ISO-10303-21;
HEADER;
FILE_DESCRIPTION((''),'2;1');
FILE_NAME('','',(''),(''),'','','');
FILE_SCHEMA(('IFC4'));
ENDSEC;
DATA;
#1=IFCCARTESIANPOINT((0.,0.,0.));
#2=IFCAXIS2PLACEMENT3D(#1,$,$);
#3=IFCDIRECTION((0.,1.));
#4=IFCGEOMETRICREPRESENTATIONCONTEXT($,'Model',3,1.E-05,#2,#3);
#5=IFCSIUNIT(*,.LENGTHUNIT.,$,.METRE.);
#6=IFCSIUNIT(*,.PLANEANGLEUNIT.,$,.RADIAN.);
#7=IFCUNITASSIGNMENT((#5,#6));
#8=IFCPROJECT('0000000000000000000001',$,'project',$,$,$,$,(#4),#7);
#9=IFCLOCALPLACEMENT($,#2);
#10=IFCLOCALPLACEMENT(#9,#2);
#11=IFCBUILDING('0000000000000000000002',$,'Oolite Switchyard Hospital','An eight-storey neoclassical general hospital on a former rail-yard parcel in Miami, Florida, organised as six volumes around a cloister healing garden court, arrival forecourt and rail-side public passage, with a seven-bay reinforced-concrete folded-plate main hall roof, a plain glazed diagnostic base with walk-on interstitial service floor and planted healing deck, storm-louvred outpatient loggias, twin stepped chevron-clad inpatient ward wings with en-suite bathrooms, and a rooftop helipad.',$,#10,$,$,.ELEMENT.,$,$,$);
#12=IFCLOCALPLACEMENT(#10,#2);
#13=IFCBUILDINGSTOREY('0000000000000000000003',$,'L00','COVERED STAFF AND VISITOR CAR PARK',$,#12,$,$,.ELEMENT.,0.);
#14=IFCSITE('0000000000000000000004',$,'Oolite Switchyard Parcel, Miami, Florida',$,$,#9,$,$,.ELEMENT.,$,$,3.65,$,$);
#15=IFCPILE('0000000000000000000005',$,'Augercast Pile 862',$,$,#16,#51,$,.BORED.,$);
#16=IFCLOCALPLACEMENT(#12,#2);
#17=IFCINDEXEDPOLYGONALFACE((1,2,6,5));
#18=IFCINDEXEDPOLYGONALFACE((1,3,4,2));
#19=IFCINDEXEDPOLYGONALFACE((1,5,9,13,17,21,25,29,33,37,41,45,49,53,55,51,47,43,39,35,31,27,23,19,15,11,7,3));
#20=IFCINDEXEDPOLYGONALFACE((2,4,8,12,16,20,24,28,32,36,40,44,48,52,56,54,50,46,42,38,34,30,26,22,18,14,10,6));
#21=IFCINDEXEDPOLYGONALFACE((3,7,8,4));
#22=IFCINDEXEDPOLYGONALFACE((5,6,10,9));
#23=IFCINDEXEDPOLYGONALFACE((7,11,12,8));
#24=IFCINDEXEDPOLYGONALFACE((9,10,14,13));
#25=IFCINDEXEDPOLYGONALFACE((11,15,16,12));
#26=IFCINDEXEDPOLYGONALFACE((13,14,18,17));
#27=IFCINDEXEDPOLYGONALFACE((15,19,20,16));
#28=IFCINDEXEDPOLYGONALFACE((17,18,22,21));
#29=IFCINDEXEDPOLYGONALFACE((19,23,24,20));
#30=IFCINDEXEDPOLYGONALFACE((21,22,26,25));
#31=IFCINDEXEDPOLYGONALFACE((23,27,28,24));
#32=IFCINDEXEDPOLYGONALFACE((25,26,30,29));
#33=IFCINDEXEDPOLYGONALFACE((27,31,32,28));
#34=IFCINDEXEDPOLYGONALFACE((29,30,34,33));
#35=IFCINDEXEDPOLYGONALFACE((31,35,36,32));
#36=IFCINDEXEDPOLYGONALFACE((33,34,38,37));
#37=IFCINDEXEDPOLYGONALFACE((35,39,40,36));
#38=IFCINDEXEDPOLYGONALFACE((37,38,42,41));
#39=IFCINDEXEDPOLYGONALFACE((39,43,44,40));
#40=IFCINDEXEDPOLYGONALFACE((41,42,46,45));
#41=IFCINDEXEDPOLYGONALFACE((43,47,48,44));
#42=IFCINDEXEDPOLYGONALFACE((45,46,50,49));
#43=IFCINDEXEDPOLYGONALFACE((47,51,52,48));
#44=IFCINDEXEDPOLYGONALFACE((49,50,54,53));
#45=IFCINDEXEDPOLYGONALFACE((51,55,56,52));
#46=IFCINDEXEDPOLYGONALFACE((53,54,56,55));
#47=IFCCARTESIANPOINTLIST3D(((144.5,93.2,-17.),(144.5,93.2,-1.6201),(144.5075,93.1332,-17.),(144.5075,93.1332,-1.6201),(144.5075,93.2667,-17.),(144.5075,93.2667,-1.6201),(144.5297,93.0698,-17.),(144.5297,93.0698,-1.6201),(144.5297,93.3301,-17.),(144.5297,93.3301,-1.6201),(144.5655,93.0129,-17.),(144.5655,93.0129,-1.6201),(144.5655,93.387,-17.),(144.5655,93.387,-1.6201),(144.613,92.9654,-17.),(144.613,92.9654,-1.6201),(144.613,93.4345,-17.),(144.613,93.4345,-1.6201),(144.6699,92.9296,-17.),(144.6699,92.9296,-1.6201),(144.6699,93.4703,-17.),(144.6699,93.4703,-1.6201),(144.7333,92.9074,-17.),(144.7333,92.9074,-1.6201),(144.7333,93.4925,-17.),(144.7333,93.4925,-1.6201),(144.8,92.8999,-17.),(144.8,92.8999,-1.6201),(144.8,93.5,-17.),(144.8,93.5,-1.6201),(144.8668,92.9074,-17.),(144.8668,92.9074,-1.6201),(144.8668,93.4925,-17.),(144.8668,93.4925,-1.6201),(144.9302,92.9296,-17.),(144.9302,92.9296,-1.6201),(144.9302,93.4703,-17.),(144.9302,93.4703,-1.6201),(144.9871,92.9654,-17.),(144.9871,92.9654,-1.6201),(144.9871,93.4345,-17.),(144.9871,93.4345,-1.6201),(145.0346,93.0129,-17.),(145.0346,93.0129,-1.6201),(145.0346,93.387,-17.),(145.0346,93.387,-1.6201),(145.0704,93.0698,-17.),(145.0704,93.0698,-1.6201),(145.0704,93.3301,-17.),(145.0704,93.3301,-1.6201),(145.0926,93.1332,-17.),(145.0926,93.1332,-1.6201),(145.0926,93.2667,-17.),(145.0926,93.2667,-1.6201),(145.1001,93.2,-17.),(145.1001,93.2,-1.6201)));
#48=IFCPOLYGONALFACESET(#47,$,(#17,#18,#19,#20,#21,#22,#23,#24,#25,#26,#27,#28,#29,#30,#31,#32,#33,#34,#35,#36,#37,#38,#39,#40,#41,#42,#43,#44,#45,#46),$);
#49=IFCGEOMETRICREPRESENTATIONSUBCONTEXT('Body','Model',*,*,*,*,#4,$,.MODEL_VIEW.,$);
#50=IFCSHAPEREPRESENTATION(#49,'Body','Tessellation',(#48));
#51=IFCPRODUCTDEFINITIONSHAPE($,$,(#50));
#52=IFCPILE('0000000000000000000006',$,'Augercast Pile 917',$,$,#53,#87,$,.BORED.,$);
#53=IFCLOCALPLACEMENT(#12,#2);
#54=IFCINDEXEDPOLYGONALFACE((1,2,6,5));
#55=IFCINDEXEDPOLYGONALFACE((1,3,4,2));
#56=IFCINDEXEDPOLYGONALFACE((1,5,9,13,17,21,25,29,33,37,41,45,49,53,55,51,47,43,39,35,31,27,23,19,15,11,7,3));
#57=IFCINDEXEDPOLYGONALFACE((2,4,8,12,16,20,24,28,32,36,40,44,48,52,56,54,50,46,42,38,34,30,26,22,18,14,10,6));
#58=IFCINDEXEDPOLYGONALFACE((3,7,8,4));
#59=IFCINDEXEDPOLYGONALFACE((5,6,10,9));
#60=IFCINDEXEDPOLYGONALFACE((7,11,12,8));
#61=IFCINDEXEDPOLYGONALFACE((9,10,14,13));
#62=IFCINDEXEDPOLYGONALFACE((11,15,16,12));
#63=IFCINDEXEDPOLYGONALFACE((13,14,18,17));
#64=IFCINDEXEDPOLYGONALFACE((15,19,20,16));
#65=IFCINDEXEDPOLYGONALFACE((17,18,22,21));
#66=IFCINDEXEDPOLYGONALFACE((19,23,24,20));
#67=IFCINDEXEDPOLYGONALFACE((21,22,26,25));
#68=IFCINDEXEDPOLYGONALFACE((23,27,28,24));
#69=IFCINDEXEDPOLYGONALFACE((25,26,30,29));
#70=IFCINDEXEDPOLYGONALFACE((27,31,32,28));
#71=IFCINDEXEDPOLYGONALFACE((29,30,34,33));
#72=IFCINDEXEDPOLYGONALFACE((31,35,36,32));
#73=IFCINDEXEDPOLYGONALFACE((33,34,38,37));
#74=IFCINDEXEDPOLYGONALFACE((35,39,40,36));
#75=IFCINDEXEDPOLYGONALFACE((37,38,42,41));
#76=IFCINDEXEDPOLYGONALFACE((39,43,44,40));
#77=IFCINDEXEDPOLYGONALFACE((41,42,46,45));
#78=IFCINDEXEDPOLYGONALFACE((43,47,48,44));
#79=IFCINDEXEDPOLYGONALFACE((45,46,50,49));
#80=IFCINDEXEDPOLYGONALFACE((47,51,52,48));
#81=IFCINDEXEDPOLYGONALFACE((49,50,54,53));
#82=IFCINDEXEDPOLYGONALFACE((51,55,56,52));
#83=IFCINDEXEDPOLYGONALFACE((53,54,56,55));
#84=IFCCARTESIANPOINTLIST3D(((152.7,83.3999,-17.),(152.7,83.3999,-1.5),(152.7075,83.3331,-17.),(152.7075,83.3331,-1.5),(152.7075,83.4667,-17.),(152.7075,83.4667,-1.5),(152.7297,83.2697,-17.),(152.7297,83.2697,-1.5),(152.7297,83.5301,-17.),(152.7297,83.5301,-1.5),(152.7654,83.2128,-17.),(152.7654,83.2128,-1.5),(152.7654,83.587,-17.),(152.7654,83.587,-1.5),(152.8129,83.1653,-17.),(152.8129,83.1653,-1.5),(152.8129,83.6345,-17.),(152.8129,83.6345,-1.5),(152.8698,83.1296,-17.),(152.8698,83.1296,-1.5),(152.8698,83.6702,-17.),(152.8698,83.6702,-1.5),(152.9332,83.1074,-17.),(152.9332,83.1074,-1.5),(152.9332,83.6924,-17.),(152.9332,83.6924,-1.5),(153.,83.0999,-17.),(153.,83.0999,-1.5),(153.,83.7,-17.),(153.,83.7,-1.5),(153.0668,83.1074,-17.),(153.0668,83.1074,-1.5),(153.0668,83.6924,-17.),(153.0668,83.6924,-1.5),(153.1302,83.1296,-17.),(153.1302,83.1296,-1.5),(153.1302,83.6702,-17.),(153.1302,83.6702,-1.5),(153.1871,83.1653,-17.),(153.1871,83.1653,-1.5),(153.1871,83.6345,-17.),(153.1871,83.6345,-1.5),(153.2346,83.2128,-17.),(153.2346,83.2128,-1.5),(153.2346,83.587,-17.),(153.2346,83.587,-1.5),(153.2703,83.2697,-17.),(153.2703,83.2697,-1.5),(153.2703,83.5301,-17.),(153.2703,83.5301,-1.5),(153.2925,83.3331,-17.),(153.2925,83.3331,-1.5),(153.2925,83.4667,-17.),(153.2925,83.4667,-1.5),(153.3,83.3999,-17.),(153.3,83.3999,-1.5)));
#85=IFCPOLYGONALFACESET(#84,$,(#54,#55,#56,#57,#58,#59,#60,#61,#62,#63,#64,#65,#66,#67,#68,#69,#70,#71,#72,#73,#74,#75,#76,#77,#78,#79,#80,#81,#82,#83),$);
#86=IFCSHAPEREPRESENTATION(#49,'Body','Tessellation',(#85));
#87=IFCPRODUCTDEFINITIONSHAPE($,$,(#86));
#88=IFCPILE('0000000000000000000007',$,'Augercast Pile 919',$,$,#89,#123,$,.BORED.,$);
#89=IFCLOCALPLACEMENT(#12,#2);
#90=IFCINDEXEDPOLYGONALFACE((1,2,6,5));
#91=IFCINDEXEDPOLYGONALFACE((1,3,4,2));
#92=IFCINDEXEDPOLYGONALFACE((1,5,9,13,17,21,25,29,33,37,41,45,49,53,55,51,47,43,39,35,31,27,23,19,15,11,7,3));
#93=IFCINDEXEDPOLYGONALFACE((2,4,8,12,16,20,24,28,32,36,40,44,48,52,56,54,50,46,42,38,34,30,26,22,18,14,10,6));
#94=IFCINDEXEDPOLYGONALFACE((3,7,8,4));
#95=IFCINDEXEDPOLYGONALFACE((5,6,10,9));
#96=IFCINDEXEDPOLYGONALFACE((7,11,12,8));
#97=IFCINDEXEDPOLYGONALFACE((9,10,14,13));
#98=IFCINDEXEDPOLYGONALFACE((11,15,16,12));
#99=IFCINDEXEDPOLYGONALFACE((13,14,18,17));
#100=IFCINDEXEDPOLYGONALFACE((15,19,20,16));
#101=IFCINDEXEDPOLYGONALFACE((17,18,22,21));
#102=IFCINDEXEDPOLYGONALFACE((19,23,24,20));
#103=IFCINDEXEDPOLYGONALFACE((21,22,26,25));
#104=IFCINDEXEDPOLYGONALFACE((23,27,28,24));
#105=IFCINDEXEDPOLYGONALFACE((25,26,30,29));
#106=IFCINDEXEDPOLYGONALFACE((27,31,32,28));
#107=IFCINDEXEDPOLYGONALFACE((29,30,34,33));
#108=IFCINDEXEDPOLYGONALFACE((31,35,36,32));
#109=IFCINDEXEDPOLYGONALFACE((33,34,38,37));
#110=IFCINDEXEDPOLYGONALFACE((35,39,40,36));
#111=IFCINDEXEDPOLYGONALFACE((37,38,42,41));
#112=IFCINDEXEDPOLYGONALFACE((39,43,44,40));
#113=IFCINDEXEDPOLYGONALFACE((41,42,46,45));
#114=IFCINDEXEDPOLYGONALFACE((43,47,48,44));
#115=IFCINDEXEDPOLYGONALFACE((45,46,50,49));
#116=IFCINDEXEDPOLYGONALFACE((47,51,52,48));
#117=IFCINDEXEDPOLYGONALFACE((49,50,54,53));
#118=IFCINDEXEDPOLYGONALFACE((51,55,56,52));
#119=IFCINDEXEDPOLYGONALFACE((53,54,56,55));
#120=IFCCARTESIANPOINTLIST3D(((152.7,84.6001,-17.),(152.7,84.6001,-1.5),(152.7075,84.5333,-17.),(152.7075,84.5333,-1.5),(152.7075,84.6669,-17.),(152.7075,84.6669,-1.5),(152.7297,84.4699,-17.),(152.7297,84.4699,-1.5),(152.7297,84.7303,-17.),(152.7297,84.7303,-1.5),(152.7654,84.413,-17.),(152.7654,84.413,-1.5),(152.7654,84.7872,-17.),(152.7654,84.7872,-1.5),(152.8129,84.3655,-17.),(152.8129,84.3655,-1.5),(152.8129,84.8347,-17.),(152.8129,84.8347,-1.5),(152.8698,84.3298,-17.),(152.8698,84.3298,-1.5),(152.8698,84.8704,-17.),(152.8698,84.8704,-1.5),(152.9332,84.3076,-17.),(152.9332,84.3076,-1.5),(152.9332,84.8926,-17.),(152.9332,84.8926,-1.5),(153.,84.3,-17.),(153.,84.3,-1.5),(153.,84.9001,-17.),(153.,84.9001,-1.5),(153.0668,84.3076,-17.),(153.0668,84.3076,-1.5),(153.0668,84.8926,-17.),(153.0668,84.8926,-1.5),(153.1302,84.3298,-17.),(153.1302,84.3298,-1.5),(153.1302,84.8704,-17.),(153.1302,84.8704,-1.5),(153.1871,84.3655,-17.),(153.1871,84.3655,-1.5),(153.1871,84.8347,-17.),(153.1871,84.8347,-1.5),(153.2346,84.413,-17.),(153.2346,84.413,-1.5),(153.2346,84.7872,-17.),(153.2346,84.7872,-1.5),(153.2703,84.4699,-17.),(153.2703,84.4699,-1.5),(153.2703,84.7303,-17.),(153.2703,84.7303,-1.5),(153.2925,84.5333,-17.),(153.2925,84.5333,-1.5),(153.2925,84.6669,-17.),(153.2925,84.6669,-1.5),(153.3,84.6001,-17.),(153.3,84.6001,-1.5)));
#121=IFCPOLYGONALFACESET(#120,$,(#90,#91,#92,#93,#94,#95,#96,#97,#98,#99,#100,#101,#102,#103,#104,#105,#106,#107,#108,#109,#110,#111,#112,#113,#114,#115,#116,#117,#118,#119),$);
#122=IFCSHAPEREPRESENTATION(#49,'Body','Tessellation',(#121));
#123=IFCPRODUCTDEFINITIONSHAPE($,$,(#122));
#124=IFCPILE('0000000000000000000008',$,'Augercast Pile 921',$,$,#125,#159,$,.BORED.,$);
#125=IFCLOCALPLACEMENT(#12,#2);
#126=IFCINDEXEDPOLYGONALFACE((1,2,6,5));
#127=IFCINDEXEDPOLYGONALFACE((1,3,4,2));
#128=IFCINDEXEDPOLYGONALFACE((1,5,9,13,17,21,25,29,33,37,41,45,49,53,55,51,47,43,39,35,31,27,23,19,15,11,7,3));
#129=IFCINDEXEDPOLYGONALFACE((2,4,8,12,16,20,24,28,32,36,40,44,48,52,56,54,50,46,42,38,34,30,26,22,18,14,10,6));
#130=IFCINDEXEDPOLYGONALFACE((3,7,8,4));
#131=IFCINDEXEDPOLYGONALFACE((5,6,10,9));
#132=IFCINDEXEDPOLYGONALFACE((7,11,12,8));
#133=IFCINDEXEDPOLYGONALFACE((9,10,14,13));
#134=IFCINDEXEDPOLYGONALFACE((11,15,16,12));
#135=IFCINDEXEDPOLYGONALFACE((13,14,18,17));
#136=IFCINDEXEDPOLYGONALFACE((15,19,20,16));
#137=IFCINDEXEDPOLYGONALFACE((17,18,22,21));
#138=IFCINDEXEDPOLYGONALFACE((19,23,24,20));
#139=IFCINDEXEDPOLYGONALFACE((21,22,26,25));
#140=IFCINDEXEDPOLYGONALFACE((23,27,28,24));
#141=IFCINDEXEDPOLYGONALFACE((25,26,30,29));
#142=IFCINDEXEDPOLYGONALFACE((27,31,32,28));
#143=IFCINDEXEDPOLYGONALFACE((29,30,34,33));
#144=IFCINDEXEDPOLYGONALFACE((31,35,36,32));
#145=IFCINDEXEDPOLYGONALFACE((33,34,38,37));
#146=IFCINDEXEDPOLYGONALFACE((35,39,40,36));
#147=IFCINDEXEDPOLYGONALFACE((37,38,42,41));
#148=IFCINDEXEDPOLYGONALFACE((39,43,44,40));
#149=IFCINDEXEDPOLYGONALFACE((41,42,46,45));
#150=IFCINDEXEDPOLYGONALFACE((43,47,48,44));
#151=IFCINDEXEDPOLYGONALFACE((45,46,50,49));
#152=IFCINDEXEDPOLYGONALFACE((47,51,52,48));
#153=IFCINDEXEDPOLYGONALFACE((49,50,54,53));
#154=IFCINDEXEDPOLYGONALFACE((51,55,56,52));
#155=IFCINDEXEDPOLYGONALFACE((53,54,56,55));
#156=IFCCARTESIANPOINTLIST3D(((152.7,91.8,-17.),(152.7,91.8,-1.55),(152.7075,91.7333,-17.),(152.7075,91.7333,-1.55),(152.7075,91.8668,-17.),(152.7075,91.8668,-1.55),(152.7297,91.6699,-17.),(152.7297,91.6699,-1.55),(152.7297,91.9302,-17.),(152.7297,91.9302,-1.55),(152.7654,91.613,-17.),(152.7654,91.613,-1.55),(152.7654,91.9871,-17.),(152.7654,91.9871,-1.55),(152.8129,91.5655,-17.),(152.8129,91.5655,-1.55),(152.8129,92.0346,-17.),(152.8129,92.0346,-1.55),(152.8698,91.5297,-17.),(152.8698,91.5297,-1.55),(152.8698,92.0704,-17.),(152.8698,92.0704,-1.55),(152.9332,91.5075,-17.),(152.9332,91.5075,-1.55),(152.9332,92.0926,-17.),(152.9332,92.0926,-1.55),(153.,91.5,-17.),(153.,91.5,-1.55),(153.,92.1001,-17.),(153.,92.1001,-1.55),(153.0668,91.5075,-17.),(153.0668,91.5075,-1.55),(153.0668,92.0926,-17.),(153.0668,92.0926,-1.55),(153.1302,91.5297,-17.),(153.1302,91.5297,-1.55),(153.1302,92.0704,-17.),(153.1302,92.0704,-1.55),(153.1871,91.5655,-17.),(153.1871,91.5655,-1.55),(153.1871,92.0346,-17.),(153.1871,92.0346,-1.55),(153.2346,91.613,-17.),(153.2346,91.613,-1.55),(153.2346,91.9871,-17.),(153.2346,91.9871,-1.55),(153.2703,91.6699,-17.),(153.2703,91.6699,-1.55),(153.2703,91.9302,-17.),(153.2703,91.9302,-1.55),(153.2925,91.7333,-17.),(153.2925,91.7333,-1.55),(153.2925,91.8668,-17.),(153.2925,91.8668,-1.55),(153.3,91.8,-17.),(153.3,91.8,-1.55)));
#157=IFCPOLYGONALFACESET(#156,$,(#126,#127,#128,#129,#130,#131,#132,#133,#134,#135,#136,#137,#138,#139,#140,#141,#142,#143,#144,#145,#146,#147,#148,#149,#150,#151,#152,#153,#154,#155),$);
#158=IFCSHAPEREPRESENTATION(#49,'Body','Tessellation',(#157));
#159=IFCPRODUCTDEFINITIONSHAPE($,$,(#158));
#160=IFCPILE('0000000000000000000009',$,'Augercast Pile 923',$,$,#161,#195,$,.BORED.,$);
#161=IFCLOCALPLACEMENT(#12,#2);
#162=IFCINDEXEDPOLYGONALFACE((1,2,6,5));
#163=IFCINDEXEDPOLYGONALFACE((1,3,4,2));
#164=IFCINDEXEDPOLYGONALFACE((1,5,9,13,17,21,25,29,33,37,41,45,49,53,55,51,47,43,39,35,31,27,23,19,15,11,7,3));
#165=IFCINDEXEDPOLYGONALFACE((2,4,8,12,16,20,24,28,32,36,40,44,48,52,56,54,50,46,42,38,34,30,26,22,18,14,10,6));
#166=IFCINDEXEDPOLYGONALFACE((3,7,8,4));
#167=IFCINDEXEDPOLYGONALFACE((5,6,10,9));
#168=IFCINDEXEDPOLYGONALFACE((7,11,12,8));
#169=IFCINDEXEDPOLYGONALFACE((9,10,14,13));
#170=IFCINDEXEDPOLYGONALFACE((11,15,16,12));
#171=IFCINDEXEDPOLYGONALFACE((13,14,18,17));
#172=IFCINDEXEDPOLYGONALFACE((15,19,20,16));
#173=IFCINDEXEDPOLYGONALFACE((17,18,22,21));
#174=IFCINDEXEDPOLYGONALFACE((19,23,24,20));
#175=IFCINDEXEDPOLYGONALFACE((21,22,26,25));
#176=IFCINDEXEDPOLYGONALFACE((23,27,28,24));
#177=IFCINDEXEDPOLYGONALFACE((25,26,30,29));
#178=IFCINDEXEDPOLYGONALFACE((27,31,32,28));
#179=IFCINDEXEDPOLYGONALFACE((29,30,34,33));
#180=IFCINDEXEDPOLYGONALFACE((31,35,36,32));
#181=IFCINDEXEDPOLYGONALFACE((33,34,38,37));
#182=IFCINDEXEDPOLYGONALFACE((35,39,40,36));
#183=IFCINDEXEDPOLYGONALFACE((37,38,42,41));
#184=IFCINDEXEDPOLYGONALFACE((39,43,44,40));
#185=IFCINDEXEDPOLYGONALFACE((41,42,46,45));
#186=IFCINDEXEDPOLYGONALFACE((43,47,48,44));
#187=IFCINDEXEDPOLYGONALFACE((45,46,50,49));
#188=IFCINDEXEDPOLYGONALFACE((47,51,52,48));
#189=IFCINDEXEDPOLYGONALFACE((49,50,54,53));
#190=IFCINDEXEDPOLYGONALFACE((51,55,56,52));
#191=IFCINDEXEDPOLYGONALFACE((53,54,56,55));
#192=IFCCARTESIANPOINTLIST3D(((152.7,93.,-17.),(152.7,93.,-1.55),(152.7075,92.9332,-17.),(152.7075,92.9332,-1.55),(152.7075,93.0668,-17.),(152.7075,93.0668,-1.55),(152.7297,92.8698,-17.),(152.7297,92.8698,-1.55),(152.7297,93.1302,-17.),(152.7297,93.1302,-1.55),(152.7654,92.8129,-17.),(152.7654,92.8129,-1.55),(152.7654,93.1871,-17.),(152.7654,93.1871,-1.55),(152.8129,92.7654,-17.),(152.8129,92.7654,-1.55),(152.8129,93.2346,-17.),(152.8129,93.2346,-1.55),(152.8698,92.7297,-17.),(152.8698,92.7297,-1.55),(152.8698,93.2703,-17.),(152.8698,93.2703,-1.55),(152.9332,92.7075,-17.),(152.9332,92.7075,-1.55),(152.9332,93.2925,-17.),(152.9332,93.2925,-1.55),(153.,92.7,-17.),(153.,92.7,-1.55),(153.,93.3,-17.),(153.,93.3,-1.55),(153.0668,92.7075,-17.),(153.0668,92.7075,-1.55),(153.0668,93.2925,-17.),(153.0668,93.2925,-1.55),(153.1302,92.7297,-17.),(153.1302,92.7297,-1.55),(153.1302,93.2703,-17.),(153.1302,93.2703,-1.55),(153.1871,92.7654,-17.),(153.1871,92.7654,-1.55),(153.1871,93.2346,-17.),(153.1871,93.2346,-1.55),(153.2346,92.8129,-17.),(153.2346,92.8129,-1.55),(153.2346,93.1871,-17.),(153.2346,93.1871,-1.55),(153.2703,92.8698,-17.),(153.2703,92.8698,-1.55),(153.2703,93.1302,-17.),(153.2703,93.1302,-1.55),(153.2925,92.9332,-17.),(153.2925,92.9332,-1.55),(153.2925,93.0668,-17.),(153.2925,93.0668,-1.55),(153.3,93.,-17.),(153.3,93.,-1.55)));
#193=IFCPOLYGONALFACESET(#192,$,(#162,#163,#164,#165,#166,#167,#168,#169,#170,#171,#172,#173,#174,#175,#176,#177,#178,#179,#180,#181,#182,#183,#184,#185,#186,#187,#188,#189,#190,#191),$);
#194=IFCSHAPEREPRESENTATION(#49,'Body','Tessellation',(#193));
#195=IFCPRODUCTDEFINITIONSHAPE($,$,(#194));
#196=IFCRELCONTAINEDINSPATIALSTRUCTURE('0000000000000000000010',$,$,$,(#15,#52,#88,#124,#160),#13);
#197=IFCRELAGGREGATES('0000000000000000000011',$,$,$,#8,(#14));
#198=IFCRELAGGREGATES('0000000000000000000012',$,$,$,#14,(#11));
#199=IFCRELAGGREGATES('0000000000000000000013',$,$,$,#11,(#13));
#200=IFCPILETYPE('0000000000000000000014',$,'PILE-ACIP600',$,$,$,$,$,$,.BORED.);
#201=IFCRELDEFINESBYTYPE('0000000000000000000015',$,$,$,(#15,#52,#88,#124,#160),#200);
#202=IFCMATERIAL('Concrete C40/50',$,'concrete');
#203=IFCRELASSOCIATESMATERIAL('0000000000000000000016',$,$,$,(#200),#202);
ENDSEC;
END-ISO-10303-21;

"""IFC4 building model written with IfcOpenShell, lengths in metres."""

from ifc_helpers import new_model, si_unit, direction, frame, origin, origin_2d, place, context, subcontext, project, spatial, circle, extrude, material, material_profile, profile_set, type_object, element, save


model = new_model("IFC4")

# Units and contexts
model_context = context("Model", 3, precision=1e-05, world=origin(), true_north=direction((0.0, 1.0)))
body_context = subcontext(model_context, "Body", "Model", "MODEL_VIEW")
ifc_project = project(units=[si_unit("LENGTHUNIT", "METRE"), si_unit("PLANEANGLEUNIT", "RADIAN")], contexts=[model_context])

# Site, building, storey
site_placement = place(None, origin())
site = spatial("IfcSite", under=ifc_project, at=site_placement, Name="Oolite Switchyard Parcel, Miami, Florida", CompositionType="ELEMENT", RefElevation=3.65)
building_placement = place(site_placement, origin())
building = spatial("IfcBuilding", under=site, at=building_placement, Name="Oolite Switchyard Hospital", Description="An eight-storey neoclassical general hospital on a former rail-yard parcel in Miami, Florida, organised as six volumes around a cloister healing garden court, arrival forecourt and rail-side public passage, with a seven-bay reinforced-concrete folded-plate main hall roof, a plain glazed diagnostic base with walk-on interstitial service floor and planted healing deck, storm-louvred outpatient loggias, twin stepped chevron-clad inpatient ward wings with en-suite bathrooms, and a rooftop helipad.", CompositionType="ELEMENT")
storey_placement = place(building_placement, origin())
storey = spatial("IfcBuildingStorey", under=building, at=storey_placement, Name="L00", Description="COVERED STAFF AND VISITOR CAR PARK", CompositionType="ELEMENT", Elevation=0.0)

# Shared definitions
ifc_material_1 = material(Name="Concrete C40/50", Category="concrete")

# Piles
ifc_material_profile_1 = material_profile(ifc_material_1, circle(Radius=0.3, at=origin_2d()), Name="PILE600")
ifc_profile_set_1 = profile_set([ifc_material_profile_1], Name="Concrete C40/50")
pile_type = type_object("IfcPileType", Name="PILE-ACIP600", PredefinedType="BORED", material=ifc_profile_set_1)
for number, where, z_axis, x_axis, name in (
    (1, (144.8, 93.2, -1.6201), (0.0, 0.0, -1.0), (1.0, 0.0, 0.0), "Augercast Pile 862"),
):
    element("IfcPile", number, at=place(storey_placement, frame(where, z_axis=z_axis, x_axis=x_axis)), inside=storey, type_object=pile_type, Name=name, PredefinedType="BORED", context=body_context, shape_type="SweptSolid", body=[
        extrude(circle(Radius=0.3, at=origin_2d()), origin(), (0.0, 0.0, 1.0), 15.3799),
    ])
for number, where, z_axis, x_axis, name in (
    (2, (153.0, 83.3999, -1.5), (0.0, 0.0, -1.0), (1.0, 0.0, 0.0), "Augercast Pile 917"),
    (3, (153.0, 84.6001, -1.5), (0.0, 0.0, -1.0), (1.0, 0.0, 0.0), "Augercast Pile 919"),
):
    element("IfcPile", number, at=place(storey_placement, frame(where, z_axis=z_axis, x_axis=x_axis)), inside=storey, type_object=pile_type, Name=name, PredefinedType="BORED", context=body_context, shape_type="SweptSolid", body=[
        extrude(circle(Radius=0.3, at=origin_2d()), origin(), (0.0, 0.0, 1.0), 15.5),
    ])
for number, where, z_axis, x_axis, name in (
    (4, (153.0, 91.8, -1.55), (0.0, 0.0, -1.0), (1.0, 0.0, 0.0), "Augercast Pile 921"),
    (5, (153.0, 93.0, -1.55), (0.0, 0.0, -1.0), (1.0, 0.0, 0.0), "Augercast Pile 923"),
):
    element("IfcPile", number, at=place(storey_placement, frame(where, z_axis=z_axis, x_axis=x_axis)), inside=storey, type_object=pile_type, Name=name, PredefinedType="BORED", context=body_context, shape_type="SweptSolid", body=[
        extrude(circle(Radius=0.3, at=origin_2d()), origin(), (0.0, 0.0, 1.0), 15.45),
    ])

save(model, "model.ifc")
